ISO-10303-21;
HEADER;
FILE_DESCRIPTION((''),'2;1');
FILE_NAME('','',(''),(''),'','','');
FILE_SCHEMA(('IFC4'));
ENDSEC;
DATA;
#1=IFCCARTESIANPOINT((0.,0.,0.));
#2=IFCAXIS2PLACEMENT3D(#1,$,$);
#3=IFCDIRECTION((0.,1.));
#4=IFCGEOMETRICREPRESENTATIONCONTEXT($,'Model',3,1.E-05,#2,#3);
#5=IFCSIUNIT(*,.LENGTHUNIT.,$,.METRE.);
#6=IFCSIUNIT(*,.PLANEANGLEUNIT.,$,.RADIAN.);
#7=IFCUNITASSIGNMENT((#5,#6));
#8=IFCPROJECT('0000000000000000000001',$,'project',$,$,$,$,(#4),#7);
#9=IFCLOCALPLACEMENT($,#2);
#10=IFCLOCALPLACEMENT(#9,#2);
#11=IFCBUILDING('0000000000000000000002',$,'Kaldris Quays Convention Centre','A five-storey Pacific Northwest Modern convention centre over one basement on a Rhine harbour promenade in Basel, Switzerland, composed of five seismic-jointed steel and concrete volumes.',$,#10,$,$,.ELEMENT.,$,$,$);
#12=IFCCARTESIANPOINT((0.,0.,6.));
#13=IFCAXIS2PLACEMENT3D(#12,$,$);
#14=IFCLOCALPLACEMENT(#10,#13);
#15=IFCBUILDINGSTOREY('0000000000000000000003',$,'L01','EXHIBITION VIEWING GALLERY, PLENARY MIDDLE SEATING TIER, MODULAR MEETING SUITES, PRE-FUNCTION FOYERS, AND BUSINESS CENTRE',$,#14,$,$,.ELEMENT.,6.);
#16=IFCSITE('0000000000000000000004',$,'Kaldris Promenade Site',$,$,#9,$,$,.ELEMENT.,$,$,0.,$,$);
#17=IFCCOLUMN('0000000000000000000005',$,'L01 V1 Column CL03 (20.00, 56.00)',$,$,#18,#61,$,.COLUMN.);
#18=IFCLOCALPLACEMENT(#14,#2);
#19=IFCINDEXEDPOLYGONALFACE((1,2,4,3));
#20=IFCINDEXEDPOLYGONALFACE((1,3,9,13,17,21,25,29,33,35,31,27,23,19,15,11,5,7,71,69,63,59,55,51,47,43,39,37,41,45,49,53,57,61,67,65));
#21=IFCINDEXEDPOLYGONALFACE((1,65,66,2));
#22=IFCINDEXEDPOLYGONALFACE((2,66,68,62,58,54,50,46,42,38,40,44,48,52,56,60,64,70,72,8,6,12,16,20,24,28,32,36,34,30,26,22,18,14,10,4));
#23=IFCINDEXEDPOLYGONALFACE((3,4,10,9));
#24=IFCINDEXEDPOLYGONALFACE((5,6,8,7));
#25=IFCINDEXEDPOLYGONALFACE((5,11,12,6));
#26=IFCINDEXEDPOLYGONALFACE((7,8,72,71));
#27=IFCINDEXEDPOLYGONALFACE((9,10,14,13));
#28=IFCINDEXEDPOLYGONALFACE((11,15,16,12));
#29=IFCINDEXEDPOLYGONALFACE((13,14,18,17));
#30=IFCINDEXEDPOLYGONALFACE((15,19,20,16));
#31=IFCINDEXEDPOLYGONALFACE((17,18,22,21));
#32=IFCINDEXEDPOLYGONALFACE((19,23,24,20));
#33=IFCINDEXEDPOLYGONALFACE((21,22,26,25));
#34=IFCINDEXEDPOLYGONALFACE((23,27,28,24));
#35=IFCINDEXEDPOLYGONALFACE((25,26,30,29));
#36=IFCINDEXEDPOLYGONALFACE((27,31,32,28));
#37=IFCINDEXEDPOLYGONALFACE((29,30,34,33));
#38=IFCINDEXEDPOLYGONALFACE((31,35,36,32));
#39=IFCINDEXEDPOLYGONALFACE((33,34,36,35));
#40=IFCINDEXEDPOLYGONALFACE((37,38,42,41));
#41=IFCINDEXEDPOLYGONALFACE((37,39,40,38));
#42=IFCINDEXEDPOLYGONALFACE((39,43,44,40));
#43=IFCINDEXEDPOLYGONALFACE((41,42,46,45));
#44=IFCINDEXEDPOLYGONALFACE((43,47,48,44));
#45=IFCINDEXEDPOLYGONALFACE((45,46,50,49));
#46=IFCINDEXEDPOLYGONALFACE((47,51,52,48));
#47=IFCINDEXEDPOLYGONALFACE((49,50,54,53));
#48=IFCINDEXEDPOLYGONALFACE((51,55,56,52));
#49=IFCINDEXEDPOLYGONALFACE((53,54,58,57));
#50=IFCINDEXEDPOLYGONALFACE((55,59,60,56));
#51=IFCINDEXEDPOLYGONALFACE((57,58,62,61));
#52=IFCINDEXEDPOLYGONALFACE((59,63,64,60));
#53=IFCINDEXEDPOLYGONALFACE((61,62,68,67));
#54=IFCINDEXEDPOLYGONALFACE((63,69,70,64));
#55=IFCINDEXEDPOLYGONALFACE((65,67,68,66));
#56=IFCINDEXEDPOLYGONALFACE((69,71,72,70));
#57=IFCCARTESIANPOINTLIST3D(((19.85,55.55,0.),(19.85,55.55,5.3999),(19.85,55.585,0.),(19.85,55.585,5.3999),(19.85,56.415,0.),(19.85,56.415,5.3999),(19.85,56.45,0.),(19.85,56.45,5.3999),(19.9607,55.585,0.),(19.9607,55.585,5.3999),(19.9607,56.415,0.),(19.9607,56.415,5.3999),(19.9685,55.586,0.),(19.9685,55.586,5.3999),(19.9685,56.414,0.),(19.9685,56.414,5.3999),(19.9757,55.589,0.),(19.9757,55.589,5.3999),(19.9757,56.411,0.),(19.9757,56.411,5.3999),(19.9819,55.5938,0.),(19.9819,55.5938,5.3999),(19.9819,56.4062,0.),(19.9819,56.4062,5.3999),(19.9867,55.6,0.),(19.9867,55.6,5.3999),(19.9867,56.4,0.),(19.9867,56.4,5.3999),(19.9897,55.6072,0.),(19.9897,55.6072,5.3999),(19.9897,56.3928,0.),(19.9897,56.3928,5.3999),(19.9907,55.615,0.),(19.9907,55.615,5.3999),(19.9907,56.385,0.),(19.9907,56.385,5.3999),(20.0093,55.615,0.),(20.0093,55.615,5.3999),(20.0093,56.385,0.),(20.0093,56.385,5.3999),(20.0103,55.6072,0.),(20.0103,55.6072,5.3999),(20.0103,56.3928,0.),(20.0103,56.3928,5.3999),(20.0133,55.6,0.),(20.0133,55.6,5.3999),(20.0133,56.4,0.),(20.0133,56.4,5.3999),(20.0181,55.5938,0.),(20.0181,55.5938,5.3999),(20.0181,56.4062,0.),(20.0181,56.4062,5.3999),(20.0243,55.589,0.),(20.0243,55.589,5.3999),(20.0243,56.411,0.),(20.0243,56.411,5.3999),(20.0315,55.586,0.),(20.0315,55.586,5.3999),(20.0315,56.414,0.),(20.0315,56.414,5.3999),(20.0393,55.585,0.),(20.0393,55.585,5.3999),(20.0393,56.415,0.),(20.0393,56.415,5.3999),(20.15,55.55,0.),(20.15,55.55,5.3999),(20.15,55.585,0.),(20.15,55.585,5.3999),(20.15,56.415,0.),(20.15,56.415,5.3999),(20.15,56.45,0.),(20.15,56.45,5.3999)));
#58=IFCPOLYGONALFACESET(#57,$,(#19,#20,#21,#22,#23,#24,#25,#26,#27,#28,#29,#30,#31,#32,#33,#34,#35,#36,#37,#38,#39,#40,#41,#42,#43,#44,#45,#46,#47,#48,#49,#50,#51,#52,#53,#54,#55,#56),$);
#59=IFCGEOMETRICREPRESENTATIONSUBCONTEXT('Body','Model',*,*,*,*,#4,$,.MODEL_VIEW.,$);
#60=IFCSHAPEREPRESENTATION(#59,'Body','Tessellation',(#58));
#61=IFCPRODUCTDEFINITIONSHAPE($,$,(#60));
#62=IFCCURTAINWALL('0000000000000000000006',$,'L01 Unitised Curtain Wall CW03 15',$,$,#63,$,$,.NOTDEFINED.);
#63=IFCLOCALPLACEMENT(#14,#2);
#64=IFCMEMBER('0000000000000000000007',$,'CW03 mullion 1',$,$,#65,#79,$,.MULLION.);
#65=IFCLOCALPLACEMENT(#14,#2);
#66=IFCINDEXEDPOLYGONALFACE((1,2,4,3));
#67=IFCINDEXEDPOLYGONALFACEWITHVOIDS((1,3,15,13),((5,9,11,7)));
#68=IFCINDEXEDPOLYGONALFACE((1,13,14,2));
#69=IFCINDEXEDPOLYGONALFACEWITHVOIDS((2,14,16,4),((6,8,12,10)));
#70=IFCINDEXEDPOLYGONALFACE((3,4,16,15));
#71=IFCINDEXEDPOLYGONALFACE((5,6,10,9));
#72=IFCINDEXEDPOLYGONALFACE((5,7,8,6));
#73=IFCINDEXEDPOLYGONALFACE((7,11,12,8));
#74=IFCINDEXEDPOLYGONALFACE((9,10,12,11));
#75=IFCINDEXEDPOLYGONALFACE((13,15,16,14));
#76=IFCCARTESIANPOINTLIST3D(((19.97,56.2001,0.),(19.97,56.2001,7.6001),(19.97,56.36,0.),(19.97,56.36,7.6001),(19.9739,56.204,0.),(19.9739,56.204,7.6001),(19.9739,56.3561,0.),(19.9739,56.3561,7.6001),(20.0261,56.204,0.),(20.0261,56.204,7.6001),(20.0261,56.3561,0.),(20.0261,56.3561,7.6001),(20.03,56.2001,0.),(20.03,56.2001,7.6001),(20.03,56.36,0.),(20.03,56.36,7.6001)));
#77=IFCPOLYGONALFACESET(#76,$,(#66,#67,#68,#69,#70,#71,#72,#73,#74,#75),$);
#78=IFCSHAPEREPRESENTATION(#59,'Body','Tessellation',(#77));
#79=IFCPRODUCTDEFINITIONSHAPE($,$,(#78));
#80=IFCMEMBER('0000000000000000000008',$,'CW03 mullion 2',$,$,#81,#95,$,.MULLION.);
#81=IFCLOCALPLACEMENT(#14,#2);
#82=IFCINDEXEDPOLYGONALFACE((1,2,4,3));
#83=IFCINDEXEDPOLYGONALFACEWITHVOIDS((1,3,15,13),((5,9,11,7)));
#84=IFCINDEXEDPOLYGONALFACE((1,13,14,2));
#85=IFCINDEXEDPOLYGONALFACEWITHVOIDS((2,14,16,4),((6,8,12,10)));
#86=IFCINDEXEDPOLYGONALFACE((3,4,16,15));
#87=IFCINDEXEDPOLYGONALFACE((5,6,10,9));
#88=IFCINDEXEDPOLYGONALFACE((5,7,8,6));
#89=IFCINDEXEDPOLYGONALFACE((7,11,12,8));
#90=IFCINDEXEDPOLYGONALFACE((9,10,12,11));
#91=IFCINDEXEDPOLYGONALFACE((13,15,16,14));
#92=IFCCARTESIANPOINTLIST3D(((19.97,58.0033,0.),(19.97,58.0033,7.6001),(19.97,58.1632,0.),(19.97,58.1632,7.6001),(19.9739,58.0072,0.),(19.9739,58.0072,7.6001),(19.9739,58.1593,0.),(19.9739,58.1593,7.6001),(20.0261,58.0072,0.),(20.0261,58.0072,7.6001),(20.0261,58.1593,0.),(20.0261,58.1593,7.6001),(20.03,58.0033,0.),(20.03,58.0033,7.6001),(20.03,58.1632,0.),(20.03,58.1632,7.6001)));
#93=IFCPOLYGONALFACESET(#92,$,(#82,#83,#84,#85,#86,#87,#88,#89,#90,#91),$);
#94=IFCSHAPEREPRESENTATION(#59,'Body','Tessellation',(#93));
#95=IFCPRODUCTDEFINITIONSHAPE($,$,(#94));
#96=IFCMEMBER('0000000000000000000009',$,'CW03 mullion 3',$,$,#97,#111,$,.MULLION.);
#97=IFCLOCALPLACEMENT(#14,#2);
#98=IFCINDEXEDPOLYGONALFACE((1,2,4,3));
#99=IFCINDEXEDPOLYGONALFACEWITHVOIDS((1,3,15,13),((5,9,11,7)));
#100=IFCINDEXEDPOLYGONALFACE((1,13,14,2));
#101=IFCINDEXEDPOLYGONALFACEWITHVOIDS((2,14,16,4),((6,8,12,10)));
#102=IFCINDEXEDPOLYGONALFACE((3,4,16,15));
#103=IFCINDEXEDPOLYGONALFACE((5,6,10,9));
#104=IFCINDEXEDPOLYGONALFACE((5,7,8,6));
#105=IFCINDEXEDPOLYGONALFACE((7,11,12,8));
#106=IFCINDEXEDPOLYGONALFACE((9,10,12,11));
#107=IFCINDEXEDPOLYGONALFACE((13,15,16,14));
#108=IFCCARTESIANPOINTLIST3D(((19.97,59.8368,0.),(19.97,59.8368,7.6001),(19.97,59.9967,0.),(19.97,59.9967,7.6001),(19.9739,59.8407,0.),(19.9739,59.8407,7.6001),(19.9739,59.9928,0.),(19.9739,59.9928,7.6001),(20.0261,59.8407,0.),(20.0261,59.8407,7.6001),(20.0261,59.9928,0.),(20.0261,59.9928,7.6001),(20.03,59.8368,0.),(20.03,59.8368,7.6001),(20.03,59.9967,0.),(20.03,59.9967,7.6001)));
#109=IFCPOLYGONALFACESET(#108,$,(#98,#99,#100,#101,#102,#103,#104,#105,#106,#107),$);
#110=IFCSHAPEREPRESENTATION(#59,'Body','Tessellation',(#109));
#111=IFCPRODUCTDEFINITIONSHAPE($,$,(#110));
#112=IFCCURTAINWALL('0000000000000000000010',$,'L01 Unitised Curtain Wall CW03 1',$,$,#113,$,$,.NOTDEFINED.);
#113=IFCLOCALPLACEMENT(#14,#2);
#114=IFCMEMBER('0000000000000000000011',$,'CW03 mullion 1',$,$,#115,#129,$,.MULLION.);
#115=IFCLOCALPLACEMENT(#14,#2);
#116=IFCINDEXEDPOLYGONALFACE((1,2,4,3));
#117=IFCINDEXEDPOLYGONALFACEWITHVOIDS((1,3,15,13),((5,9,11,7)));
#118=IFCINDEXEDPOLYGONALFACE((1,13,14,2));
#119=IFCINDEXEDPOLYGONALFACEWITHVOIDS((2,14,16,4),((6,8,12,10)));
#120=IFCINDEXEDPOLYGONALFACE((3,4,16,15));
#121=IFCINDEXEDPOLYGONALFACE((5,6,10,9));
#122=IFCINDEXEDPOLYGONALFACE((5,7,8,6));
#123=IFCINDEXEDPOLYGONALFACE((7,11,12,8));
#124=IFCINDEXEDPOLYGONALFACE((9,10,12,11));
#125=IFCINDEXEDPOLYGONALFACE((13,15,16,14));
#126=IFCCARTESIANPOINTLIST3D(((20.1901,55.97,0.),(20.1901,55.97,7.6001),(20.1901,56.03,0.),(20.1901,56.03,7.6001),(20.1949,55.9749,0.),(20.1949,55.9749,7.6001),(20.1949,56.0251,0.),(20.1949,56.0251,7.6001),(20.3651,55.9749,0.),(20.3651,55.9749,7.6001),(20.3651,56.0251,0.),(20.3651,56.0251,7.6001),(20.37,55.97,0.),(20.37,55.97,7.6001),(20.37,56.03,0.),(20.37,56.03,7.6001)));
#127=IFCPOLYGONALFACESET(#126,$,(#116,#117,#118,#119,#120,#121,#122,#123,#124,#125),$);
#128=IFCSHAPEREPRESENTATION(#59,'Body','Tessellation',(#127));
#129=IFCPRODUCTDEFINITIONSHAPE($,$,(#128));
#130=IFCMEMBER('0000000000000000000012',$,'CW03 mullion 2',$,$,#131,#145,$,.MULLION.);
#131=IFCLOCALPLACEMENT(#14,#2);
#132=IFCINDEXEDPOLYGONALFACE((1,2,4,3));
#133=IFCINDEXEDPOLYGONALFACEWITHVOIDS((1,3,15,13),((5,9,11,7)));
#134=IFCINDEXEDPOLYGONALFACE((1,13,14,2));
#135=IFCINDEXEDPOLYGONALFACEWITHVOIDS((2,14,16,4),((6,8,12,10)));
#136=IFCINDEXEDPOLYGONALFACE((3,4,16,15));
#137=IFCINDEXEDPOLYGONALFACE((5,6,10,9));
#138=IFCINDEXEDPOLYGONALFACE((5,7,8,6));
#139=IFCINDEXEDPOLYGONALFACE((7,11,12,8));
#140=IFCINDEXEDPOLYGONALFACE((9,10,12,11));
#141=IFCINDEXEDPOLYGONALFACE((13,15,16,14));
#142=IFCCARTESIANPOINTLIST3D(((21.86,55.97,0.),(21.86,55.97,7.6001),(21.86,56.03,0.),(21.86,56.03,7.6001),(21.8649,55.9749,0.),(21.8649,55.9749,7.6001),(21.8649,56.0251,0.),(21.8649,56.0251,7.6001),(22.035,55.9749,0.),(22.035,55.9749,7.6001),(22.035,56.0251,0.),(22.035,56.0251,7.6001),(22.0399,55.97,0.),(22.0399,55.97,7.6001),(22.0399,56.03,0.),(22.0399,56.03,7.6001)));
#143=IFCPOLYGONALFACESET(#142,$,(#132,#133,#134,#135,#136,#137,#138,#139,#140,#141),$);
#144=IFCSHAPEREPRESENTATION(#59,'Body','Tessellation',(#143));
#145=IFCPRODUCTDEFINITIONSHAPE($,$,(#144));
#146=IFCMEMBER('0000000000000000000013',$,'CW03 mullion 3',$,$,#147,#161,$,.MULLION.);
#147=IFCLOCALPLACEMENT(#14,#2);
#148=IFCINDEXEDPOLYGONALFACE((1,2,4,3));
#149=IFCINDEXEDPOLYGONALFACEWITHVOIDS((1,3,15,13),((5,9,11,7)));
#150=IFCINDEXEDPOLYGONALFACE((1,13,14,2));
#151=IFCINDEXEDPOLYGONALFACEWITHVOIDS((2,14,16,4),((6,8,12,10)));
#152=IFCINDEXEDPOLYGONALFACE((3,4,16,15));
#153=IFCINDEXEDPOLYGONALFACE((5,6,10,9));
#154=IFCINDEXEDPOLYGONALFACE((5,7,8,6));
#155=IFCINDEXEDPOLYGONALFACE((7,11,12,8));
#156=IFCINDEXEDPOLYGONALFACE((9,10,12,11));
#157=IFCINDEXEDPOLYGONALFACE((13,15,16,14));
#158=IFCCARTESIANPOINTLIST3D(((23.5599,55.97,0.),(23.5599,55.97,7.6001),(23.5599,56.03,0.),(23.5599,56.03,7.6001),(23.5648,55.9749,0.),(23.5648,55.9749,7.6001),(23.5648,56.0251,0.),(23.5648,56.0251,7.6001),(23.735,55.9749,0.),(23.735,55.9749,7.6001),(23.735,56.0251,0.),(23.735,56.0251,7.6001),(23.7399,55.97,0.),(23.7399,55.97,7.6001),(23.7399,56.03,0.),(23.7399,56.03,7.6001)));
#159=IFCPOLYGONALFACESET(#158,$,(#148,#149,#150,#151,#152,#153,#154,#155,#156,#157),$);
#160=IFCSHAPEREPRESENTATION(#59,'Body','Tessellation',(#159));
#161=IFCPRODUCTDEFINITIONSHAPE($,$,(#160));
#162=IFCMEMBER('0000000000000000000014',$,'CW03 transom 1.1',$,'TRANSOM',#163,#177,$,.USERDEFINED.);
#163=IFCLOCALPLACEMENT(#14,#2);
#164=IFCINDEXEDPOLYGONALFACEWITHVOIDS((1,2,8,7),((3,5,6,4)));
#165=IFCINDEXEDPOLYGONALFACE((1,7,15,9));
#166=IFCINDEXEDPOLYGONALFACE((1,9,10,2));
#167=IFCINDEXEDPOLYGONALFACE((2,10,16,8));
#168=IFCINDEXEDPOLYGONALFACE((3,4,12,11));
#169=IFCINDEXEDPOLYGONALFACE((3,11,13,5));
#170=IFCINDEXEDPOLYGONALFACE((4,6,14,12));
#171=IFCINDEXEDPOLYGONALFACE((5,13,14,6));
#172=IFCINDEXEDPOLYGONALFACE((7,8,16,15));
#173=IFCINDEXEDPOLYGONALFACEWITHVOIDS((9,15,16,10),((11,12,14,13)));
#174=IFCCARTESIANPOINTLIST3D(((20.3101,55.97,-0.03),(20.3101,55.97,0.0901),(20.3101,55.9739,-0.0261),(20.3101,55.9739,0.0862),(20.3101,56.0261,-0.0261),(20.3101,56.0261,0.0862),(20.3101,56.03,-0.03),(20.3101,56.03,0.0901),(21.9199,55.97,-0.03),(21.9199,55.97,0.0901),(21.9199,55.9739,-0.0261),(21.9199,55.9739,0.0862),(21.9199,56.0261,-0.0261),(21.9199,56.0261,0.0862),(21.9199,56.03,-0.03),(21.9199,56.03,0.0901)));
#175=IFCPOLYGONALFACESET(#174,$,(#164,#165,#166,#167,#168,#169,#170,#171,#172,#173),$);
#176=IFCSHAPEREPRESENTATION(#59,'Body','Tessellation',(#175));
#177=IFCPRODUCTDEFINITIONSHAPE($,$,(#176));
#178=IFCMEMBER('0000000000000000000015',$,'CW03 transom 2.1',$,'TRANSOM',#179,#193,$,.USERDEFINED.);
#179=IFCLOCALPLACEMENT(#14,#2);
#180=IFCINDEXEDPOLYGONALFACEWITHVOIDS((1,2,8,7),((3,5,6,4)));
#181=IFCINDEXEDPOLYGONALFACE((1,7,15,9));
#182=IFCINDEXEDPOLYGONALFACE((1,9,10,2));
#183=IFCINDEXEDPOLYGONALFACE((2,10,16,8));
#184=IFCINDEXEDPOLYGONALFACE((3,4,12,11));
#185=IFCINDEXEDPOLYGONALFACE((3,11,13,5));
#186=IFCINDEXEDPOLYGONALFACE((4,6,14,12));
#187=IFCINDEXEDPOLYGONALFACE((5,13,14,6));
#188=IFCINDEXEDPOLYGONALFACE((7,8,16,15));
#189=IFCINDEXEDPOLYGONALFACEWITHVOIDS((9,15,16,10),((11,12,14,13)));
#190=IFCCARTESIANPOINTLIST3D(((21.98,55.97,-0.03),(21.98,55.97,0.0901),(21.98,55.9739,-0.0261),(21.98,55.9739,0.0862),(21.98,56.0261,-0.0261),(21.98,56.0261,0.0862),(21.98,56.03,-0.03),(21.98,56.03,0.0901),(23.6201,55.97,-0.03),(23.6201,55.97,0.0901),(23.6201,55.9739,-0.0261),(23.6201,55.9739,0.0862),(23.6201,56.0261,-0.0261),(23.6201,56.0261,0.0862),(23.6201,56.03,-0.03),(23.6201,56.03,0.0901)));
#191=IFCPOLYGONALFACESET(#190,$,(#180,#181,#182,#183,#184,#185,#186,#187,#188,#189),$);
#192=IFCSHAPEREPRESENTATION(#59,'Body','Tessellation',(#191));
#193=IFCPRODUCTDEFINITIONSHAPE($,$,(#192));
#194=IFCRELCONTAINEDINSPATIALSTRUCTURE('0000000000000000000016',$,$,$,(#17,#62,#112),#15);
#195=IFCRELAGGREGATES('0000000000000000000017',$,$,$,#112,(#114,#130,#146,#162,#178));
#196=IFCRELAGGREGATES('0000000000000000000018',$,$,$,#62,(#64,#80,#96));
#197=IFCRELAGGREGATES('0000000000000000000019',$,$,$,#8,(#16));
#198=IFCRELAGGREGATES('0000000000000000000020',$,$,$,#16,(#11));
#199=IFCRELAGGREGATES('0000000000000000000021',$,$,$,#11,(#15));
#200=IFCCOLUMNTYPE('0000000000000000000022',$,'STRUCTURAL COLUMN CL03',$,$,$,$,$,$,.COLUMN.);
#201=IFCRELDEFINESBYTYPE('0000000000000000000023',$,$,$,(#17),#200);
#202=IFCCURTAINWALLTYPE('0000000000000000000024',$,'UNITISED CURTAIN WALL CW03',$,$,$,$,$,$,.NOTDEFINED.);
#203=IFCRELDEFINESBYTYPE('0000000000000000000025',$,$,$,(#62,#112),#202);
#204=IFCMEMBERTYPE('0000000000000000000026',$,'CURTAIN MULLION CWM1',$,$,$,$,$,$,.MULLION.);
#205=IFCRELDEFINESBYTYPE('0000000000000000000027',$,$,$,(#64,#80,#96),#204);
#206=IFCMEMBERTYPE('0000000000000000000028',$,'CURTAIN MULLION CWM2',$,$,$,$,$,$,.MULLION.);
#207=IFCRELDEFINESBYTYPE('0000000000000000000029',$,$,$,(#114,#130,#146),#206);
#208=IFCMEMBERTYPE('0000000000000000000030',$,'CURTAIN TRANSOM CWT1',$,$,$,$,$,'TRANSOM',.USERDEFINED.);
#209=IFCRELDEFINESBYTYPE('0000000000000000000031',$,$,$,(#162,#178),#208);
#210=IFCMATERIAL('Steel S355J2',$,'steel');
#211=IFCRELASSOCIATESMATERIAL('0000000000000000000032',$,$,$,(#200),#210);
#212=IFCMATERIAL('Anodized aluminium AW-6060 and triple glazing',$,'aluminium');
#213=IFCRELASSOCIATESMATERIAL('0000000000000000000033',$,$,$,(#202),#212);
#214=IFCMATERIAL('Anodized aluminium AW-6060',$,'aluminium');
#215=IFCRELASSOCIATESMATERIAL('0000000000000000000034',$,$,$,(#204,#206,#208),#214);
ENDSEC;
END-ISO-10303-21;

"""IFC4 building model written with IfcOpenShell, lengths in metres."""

from ifc_helpers import new_model, si_unit, direction, frame, origin, origin_2d, place, context, subcontext, project, spatial, hollow_rectangle, i_section, extrude, material, material_profile, profile_set, type_object, element, aggregate, save


model = new_model("IFC4")

# Units and contexts
model_context = context("Model", 3, precision=1e-05, world=origin(), true_north=direction((0.0, 1.0)))
body_context = subcontext(model_context, "Body", "Model", "MODEL_VIEW")
ifc_project = project(units=[si_unit("LENGTHUNIT", "METRE"), si_unit("PLANEANGLEUNIT", "RADIAN")], contexts=[model_context])

# Site, building, storey
site_placement = place(None, origin())
site = spatial("IfcSite", under=ifc_project, at=site_placement, Name="Kaldris Promenade Site", CompositionType="ELEMENT", RefElevation=0.0)
building_placement = place(site_placement, origin())
building = spatial("IfcBuilding", under=site, at=building_placement, Name="Kaldris Quays Convention Centre", Description="A five-storey Pacific Northwest Modern convention centre over one basement on a Rhine harbour promenade in Basel, Switzerland, composed of five seismic-jointed steel and concrete volumes.", CompositionType="ELEMENT")
storey_placement = place(building_placement, frame((0.0, 0.0, 6.0)))
storey = spatial("IfcBuildingStorey", under=building, at=storey_placement, Name="L01", Description="EXHIBITION VIEWING GALLERY, PLENARY MIDDLE SEATING TIER, MODULAR MEETING SUITES, PRE-FUNCTION FOYERS, AND BUSINESS CENTRE", CompositionType="ELEMENT", Elevation=6.0)

# Column
ifc_material_1 = material(Name="Steel S355J2", Category="steel")
ifc_material_profile_1 = material_profile(ifc_material_1, i_section(OverallWidth=0.3, OverallDepth=0.8999, WebThickness=0.0186, FlangeThickness=0.0349, FilletRadius=0.03, at=origin_2d()), Name="HEB 900")
ifc_profile_set_1 = profile_set([ifc_material_profile_1], Name="Steel S355J2")
column_type = type_object("IfcColumnType", Name="STRUCTURAL COLUMN CL03", PredefinedType="COLUMN", material=ifc_profile_set_1)
column_placement = place(storey_placement, frame((20.0, 56.0, 0.0), z_axis=(0.0, 0.0, 1.0), x_axis=(1.0, 0.0, 0.0)))
element("IfcColumn", 1, at=column_placement, inside=storey, type_object=column_type, Name="L01 V1 Column CL03 (20.00, 56.00)", PredefinedType="COLUMN", context=body_context, shape_type="SweptSolid", body=[
    extrude(i_section(OverallWidth=0.3, OverallDepth=0.8999, WebThickness=0.0186, FlangeThickness=0.0349, FilletRadius=0.03, at=origin_2d()), origin(), (0.0, 0.0, 1.0), 5.3999),
])

# Curtain walls, members
ifc_material_2 = material(Name="Anodized aluminium AW-6060 and triple glazing", Category="aluminium")
curtain_wall_type = type_object("IfcCurtainWallType", Name="UNITISED CURTAIN WALL CW03", PredefinedType="NOTDEFINED", material=ifc_material_2)
curtain_wall_1_placement = place(storey_placement, origin())
curtain_wall_1 = element("IfcCurtainWall", 2, at=curtain_wall_1_placement, inside=storey, type_object=curtain_wall_type, Name="L01 Unitised Curtain Wall CW03 15", PredefinedType="NOTDEFINED")
ifc_material_3 = material(Name="Anodized aluminium AW-6060", Category="aluminium")
ifc_material_profile_2 = material_profile(ifc_material_3, hollow_rectangle(XDim=0.0601, YDim=0.1599, WallThickness=0.0039, at=origin_2d()), Name="RHS 160x60x4")
ifc_profile_set_2 = profile_set([ifc_material_profile_2], Name="Anodized aluminium AW-6060")
member_type_1 = type_object("IfcMemberType", Name="CURTAIN MULLION CWM1", PredefinedType="MULLION", material=ifc_profile_set_2)
member_1_placement = place(storey_placement, frame((20.0, 56.28, 0.0), z_axis=(0.0, 0.0, 1.0), x_axis=(-1.0, 0.0, 0.0)))
member_1 = element("IfcMember", 3, at=member_1_placement, type_object=member_type_1, Name="CW03 mullion 1", PredefinedType="MULLION", context=body_context, shape_type="SweptSolid", body=[
    extrude(hollow_rectangle(XDim=0.0601, YDim=0.1599, WallThickness=0.0039, at=origin_2d()), origin(), (0.0, 0.0, 1.0), 7.6001),
])
member_2_placement = place(storey_placement, frame((20.0, 58.0833, 0.0), z_axis=(0.0, 0.0, 1.0), x_axis=(-1.0, 0.0, 0.0)))
member_2 = element("IfcMember", 4, at=member_2_placement, type_object=member_type_1, Name="CW03 mullion 2", PredefinedType="MULLION", context=body_context, shape_type="SweptSolid", body=[
    extrude(hollow_rectangle(XDim=0.0601, YDim=0.1599, WallThickness=0.0039, at=origin_2d()), origin(), (0.0, 0.0, 1.0), 7.6001),
])
member_3_placement = place(storey_placement, frame((20.0, 59.9167, 0.0), z_axis=(0.0, 0.0, 1.0), x_axis=(-1.0, 0.0, 0.0)))
member_3 = element("IfcMember", 5, at=member_3_placement, type_object=member_type_1, Name="CW03 mullion 3", PredefinedType="MULLION", context=body_context, shape_type="SweptSolid", body=[
    extrude(hollow_rectangle(XDim=0.0601, YDim=0.1599, WallThickness=0.0039, at=origin_2d()), origin(), (0.0, 0.0, 1.0), 7.6001),
])
curtain_wall_2_placement = place(storey_placement, origin())
curtain_wall_2 = element("IfcCurtainWall", 6, at=curtain_wall_2_placement, inside=storey, type_object=curtain_wall_type, Name="L01 Unitised Curtain Wall CW03 1", PredefinedType="NOTDEFINED")
ifc_material_profile_3 = material_profile(ifc_material_3, hollow_rectangle(XDim=0.0601, YDim=0.1799, WallThickness=0.0049, at=origin_2d()), Name="RHS 180x60x5")
ifc_profile_set_3 = profile_set([ifc_material_profile_3], Name="Anodized aluminium AW-6060")
member_type_2 = type_object("IfcMemberType", Name="CURTAIN MULLION CWM2", PredefinedType="MULLION", material=ifc_profile_set_3)
member_4_placement = place(storey_placement, frame((20.28, 56.0, 0.0), z_axis=(0.0, 0.0, 1.0), x_axis=(0.0, 1.0, 0.0)))
member_4 = element("IfcMember", 7, at=member_4_placement, type_object=member_type_2, Name="CW03 mullion 1", PredefinedType="MULLION", context=body_context, shape_type="SweptSolid", body=[
    extrude(hollow_rectangle(XDim=0.0601, YDim=0.1799, WallThickness=0.0049, at=origin_2d()), origin(), (0.0, 0.0, 1.0), 7.6001),
])
member_5_placement = place(storey_placement, frame((21.95, 56.0, 0.0), z_axis=(0.0, 0.0, 1.0), x_axis=(0.0, 1.0, 0.0)))
member_5 = element("IfcMember", 8, at=member_5_placement, type_object=member_type_2, Name="CW03 mullion 2", PredefinedType="MULLION", context=body_context, shape_type="SweptSolid", body=[
    extrude(hollow_rectangle(XDim=0.0601, YDim=0.1799, WallThickness=0.0049, at=origin_2d()), origin(), (0.0, 0.0, 1.0), 7.6001),
])
member_6_placement = place(storey_placement, frame((23.6499, 56.0, 0.0), z_axis=(0.0, 0.0, 1.0), x_axis=(0.0, 1.0, 0.0)))
member_6 = element("IfcMember", 9, at=member_6_placement, type_object=member_type_2, Name="CW03 mullion 3", PredefinedType="MULLION", context=body_context, shape_type="SweptSolid", body=[
    extrude(hollow_rectangle(XDim=0.0601, YDim=0.1799, WallThickness=0.0049, at=origin_2d()), origin(), (0.0, 0.0, 1.0), 7.6001),
])
ifc_material_profile_4 = material_profile(ifc_material_3, hollow_rectangle(XDim=0.0601, YDim=0.1201, WallThickness=0.0039, at=origin_2d()), Name="RHS 120x60x4")
ifc_profile_set_4 = profile_set([ifc_material_profile_4], Name="Anodized aluminium AW-6060")
member_type_3 = type_object("IfcMemberType", Name="CURTAIN TRANSOM CWT1", ElementType="TRANSOM", PredefinedType="USERDEFINED", material=ifc_profile_set_4)
member_7_placement = place(storey_placement, frame((20.3101, 56.0, 0.03), z_axis=(1.0, 0.0, 0.0), x_axis=(0.0, 1.0, 0.0)))
member_7 = element("IfcMember", 10, at=member_7_placement, type_object=member_type_3, Name="CW03 transom 1.1", ObjectType="TRANSOM", PredefinedType="USERDEFINED", context=body_context, shape_type="SweptSolid", body=[
    extrude(hollow_rectangle(XDim=0.0601, YDim=0.1201, WallThickness=0.0039, at=origin_2d()), origin(), (0.0, 0.0, 1.0), 1.6099),
])
member_8_placement = place(storey_placement, frame((21.98, 56.0, 0.03), z_axis=(1.0, 0.0, 0.0), x_axis=(0.0, 1.0, 0.0)))
member_8 = element("IfcMember", 11, at=member_8_placement, type_object=member_type_3, Name="CW03 transom 2.1", ObjectType="TRANSOM", PredefinedType="USERDEFINED", context=body_context, shape_type="SweptSolid", body=[
    extrude(hollow_rectangle(XDim=0.0601, YDim=0.1201, WallThickness=0.0039, at=origin_2d()), origin(), (0.0, 0.0, 1.0), 1.6401),
])

aggregate(curtain_wall_2, [member_4, member_5, member_6, member_7, member_8])
aggregate(curtain_wall_1, [member_1, member_2, member_3])

save(model, "model.ifc")
